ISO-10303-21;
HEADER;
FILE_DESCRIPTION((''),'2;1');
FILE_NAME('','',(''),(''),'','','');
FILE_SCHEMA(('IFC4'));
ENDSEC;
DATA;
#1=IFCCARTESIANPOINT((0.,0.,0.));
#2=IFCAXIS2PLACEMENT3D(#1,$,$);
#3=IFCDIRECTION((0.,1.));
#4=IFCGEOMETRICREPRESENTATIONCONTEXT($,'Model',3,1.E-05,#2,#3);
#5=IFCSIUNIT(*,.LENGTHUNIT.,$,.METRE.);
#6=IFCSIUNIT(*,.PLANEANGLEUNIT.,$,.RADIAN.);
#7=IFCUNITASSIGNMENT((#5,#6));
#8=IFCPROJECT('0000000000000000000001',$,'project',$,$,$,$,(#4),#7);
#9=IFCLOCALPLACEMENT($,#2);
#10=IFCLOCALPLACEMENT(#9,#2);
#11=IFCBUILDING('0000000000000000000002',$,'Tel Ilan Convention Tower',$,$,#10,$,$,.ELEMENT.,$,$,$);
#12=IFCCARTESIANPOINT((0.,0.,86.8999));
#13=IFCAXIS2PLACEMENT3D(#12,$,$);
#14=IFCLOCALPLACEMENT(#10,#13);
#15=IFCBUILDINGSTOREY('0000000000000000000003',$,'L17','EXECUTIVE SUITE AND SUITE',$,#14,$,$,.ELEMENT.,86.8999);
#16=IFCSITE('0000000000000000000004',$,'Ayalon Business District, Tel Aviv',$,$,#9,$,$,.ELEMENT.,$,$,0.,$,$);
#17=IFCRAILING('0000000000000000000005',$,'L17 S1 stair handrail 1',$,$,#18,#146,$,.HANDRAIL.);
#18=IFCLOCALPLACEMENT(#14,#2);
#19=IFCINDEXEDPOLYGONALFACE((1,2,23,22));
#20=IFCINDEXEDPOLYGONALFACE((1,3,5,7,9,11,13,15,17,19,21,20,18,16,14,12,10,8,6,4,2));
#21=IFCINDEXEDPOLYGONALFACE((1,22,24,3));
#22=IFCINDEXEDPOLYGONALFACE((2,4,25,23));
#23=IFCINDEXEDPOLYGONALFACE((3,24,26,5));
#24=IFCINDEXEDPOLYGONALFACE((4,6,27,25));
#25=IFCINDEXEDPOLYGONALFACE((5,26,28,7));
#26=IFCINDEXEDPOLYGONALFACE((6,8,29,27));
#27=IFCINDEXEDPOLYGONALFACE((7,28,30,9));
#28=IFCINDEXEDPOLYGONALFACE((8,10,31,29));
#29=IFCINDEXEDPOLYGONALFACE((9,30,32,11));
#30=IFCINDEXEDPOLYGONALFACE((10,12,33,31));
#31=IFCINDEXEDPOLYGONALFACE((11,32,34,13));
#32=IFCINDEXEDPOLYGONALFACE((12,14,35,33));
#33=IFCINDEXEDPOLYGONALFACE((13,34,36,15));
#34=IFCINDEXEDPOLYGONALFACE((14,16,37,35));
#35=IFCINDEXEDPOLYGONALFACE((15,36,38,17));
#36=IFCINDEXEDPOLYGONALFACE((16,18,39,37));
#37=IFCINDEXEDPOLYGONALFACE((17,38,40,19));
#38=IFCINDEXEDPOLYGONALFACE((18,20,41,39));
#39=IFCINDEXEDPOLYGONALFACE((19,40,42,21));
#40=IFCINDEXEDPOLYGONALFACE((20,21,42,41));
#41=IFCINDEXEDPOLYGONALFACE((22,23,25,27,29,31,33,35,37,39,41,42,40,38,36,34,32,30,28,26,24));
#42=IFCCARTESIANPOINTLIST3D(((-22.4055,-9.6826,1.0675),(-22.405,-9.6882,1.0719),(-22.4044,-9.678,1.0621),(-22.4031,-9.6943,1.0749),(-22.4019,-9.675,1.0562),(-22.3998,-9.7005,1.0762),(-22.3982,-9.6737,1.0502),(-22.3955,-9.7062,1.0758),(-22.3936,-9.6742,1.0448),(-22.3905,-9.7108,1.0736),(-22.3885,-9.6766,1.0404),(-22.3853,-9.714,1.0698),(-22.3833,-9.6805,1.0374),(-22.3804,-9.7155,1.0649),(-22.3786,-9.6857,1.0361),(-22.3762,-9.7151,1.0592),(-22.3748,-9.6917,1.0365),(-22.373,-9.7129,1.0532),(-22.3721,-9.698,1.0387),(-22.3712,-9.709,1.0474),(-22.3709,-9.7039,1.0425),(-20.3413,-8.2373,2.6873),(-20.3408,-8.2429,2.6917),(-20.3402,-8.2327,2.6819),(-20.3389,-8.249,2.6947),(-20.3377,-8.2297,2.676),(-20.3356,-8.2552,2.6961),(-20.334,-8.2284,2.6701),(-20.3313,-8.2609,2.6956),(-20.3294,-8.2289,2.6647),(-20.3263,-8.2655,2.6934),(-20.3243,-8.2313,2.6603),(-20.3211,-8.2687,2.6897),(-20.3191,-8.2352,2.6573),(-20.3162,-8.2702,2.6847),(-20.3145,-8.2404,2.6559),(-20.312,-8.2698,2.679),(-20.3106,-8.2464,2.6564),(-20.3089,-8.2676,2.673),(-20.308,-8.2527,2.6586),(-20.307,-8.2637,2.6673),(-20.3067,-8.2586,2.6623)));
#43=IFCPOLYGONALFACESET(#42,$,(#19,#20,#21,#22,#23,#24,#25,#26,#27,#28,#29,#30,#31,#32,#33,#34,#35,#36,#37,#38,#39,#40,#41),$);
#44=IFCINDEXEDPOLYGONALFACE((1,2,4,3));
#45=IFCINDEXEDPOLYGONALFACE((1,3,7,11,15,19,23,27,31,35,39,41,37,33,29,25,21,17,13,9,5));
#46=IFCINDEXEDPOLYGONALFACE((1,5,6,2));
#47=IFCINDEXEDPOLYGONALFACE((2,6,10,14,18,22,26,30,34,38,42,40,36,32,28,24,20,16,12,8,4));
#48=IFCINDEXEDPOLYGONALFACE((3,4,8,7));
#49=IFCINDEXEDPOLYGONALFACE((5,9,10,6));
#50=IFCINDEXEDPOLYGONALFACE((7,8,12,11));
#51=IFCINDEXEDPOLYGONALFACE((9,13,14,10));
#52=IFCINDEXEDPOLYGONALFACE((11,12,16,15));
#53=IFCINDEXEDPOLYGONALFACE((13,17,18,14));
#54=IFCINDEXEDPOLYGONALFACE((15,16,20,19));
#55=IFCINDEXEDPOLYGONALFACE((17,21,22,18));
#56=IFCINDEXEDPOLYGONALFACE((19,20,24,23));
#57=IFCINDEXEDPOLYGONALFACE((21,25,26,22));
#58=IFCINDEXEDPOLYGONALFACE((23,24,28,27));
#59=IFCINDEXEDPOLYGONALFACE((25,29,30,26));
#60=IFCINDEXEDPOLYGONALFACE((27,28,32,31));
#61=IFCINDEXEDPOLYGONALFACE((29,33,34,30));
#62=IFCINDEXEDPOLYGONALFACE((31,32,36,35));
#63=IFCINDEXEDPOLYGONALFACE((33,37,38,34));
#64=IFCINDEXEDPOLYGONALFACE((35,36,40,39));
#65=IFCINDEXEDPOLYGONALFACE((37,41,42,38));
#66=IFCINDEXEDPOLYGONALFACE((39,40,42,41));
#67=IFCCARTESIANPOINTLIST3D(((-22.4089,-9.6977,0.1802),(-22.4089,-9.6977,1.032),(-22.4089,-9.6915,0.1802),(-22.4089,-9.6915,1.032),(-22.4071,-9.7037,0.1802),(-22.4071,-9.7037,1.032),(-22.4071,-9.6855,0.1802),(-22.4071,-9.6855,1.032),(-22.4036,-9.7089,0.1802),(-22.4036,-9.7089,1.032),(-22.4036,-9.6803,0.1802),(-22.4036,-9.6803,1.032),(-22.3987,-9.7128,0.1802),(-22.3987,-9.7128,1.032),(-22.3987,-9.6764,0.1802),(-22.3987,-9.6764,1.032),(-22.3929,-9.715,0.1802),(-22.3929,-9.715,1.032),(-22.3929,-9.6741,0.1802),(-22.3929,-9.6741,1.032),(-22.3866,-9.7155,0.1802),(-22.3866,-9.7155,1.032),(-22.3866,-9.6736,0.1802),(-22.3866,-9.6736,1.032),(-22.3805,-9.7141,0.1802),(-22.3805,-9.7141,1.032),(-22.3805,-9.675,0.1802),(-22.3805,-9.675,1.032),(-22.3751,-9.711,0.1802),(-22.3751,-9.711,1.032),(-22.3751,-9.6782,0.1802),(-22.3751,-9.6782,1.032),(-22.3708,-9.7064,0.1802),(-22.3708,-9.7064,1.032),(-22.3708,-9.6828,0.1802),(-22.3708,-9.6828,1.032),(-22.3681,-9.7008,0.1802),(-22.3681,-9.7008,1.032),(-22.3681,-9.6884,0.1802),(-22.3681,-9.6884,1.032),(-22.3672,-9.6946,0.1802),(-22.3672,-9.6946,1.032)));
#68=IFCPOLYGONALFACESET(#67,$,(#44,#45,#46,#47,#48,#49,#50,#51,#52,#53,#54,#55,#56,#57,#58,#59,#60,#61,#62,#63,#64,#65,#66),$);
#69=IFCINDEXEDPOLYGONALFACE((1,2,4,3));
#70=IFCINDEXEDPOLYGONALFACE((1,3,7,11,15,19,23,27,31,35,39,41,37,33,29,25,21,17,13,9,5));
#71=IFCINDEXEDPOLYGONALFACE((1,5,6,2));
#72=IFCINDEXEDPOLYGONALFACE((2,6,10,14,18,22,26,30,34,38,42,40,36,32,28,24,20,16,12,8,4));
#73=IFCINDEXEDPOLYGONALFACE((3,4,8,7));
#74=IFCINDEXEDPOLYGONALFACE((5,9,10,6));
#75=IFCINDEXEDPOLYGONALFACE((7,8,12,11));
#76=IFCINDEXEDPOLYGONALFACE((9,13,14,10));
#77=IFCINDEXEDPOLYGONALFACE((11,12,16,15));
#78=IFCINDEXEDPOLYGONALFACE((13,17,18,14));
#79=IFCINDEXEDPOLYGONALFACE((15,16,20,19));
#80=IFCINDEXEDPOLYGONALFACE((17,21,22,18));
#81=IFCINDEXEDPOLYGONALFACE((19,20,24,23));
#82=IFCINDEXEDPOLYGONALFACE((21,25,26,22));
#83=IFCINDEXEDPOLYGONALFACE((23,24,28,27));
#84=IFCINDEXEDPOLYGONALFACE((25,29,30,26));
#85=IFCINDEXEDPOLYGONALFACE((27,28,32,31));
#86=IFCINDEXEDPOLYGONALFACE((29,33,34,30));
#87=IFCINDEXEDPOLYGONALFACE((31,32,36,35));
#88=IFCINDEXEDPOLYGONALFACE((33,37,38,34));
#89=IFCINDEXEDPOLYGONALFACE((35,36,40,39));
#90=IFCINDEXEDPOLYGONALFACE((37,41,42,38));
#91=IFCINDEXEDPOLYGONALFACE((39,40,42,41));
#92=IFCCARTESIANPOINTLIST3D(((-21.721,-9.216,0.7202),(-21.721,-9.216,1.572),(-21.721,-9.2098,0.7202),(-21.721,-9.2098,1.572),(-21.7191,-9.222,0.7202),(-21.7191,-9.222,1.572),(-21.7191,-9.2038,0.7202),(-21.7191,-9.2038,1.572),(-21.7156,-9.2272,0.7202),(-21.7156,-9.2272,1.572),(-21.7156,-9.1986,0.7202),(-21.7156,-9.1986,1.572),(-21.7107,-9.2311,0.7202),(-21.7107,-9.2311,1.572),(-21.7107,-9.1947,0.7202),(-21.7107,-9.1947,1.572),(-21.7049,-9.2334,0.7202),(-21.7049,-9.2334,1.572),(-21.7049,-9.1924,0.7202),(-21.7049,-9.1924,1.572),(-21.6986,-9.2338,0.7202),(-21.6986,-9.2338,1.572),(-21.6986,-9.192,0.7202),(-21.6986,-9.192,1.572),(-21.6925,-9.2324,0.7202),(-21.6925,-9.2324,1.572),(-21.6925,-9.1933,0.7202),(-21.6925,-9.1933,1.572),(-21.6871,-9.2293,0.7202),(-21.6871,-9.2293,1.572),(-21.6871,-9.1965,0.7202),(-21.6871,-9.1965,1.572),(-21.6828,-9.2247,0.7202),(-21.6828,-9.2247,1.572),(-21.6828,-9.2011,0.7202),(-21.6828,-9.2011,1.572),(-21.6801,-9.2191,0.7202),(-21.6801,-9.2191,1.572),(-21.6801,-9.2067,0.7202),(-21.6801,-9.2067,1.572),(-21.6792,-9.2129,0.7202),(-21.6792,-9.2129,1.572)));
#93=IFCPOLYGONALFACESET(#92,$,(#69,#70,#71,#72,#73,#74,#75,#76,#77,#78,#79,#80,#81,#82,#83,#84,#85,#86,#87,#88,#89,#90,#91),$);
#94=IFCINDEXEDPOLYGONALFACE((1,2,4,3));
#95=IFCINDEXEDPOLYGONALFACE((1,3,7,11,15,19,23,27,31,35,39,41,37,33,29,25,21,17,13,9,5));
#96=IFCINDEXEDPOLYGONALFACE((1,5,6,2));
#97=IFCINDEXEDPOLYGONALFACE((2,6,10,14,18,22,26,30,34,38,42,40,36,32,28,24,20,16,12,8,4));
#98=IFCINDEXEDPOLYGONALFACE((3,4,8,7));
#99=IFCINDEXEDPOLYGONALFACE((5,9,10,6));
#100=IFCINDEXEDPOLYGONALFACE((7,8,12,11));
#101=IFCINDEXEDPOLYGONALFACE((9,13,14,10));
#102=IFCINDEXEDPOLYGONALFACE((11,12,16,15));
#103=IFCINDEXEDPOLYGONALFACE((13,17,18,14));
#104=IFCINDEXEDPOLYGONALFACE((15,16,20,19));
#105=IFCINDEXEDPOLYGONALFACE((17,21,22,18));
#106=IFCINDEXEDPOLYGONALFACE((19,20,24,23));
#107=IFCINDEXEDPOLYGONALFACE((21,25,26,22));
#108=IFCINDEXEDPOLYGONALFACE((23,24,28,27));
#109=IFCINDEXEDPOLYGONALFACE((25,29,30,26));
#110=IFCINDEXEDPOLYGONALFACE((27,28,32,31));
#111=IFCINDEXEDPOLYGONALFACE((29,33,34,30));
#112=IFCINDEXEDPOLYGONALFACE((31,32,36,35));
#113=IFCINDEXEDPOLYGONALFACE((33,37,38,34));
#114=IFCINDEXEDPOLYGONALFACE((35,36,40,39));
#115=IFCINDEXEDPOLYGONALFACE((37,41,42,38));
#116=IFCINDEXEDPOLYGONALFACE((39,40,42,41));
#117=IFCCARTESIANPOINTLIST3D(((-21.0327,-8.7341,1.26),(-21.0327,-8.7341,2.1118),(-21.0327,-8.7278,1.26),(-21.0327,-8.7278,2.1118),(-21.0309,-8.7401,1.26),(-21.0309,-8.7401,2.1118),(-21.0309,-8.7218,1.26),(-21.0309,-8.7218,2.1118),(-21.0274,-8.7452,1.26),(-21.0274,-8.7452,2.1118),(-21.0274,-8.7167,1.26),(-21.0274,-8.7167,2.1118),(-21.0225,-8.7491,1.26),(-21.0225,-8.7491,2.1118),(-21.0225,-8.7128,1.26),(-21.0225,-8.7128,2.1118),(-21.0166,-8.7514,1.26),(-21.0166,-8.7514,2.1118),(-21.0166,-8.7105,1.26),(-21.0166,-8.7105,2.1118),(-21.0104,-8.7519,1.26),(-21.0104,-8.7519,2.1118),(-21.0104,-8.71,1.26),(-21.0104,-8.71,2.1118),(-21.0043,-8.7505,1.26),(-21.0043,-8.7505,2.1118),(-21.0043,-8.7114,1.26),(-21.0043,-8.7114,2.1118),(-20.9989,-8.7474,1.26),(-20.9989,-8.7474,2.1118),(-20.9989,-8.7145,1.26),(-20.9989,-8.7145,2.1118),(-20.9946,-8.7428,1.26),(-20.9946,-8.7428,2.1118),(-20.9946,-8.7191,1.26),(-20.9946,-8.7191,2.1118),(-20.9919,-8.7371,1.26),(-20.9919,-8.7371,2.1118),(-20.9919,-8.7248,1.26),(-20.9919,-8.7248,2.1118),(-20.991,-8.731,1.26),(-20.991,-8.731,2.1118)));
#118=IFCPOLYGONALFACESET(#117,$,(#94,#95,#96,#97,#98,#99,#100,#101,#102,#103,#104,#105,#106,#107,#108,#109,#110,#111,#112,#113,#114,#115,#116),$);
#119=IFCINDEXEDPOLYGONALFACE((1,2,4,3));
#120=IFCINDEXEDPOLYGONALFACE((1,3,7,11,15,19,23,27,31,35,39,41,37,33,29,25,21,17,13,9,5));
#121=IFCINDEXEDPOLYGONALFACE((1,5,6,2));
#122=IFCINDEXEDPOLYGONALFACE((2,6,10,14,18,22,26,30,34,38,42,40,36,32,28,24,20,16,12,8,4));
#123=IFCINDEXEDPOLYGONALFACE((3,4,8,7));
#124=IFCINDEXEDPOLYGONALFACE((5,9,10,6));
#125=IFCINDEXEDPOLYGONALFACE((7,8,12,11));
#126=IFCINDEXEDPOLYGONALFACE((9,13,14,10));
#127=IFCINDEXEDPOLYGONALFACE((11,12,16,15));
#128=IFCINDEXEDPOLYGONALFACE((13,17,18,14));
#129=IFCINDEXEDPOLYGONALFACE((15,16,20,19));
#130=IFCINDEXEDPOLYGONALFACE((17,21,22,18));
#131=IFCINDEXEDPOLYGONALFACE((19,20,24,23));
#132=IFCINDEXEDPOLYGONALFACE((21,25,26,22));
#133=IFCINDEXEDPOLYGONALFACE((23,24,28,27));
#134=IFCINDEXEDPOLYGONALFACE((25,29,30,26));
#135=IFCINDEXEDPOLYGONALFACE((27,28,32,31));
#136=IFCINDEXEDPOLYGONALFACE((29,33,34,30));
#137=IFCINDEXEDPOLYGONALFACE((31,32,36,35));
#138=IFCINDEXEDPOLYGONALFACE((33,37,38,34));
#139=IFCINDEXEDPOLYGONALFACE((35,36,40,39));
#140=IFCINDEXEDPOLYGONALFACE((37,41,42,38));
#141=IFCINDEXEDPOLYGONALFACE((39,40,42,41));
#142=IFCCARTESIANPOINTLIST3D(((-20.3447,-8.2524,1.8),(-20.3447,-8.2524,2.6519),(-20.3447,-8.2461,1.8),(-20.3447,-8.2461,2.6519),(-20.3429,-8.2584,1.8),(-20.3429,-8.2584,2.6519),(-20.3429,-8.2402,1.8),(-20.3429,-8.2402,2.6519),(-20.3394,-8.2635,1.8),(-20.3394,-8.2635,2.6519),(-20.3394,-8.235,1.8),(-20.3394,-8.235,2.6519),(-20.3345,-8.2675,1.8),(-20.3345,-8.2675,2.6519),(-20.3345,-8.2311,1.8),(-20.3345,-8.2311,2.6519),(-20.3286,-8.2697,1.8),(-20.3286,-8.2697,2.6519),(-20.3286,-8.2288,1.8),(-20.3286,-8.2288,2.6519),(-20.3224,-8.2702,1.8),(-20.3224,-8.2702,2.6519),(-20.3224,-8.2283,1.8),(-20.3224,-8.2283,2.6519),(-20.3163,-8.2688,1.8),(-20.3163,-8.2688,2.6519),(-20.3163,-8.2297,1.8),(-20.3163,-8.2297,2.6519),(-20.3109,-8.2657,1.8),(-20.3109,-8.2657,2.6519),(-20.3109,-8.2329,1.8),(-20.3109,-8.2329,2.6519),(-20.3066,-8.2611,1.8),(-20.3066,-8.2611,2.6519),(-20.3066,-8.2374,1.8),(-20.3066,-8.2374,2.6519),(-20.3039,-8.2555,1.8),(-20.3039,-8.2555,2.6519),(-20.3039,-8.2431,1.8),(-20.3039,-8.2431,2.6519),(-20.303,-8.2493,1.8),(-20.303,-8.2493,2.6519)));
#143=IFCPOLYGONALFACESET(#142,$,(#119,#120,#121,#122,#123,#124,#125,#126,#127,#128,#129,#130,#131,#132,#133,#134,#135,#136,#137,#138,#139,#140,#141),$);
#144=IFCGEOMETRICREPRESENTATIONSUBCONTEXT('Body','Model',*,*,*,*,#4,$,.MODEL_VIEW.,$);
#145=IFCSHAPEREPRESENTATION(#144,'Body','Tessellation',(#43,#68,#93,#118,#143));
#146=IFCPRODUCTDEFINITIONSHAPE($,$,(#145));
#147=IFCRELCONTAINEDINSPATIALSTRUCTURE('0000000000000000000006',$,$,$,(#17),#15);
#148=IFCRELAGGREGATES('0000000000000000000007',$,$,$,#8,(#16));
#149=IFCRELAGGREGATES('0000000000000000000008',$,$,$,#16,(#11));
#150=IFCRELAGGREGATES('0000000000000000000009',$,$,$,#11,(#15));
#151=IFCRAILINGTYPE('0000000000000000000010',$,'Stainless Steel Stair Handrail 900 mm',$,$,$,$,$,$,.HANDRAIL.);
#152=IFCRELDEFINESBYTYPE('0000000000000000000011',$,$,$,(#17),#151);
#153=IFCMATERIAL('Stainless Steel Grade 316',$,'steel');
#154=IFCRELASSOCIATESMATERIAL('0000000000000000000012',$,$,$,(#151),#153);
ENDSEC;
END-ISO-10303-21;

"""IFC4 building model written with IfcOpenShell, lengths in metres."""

from ifc_helpers import new_model, si_unit, direction, frame, origin, origin_2d, place, context, subcontext, project, spatial, circle, extrude, material, type_object, element, save


model = new_model("IFC4")

# Units and contexts
model_context = context("Model", 3, precision=1e-05, world=origin(), true_north=direction((0.0, 1.0)))
body_context = subcontext(model_context, "Body", "Model", "MODEL_VIEW")
ifc_project = project(units=[si_unit("LENGTHUNIT", "METRE"), si_unit("PLANEANGLEUNIT", "RADIAN")], contexts=[model_context])

# Site, building, storey
site_placement = place(None, origin())
site = spatial("IfcSite", under=ifc_project, at=site_placement, Name="Ayalon Business District, Tel Aviv", CompositionType="ELEMENT", RefElevation=0.0)
building_placement = place(site_placement, origin())
building = spatial("IfcBuilding", under=site, at=building_placement, Name="Tel Ilan Convention Tower", CompositionType="ELEMENT")
storey_placement = place(building_placement, frame((0.0, 0.0, 86.8999)))
storey = spatial("IfcBuildingStorey", under=building, at=storey_placement, Name="L17", Description="EXECUTIVE SUITE AND SUITE", CompositionType="ELEMENT", Elevation=86.8999)

# Railing
ifc_material_1 = material(Name="Stainless Steel Grade 316", Category="steel")
railing_type_1 = type_object("IfcRailingType", Name="Stainless Steel Stair Handrail 900 mm", PredefinedType="HANDRAIL", material=ifc_material_1)
railing_1_placement = place(storey_placement, frame((-22.3882, -9.6946, 0.1802)))
element("IfcRailing", 1, at=railing_1_placement, inside=storey, type_object=railing_type_1, Name="L17 S1 stair handrail 1", PredefinedType="HANDRAIL", context=body_context, shape_type="SweptSolid", body=[
    extrude(circle(Radius=0.0239, at=origin_2d()), frame((0.0, 0.0, 0.876), z_axis=(0.68907, 0.482472, 0.540743), x_axis=(-0.57356, 0.819164, 0.0)), (0.0, 0.0, 1.0), 2.9956),
    extrude(circle(Radius=0.021, at=origin_2d()), origin(), (0.0, 0.0, 1.0), 0.8518),
    extrude(circle(Radius=0.021, at=origin_2d()), frame((0.688, 0.4817, 0.54)), (0.0, 0.0, 1.0), 0.8518),
    extrude(circle(Radius=0.021, at=origin_2d()), frame((1.3762, 0.9636, 1.0798)), (0.0, 0.0, 1.0), 0.8518),
    extrude(circle(Radius=0.021, at=origin_2d()), frame((2.0642, 1.4453, 1.6199)), (0.0, 0.0, 1.0), 0.8518),
])

save(model, "model.ifc")
